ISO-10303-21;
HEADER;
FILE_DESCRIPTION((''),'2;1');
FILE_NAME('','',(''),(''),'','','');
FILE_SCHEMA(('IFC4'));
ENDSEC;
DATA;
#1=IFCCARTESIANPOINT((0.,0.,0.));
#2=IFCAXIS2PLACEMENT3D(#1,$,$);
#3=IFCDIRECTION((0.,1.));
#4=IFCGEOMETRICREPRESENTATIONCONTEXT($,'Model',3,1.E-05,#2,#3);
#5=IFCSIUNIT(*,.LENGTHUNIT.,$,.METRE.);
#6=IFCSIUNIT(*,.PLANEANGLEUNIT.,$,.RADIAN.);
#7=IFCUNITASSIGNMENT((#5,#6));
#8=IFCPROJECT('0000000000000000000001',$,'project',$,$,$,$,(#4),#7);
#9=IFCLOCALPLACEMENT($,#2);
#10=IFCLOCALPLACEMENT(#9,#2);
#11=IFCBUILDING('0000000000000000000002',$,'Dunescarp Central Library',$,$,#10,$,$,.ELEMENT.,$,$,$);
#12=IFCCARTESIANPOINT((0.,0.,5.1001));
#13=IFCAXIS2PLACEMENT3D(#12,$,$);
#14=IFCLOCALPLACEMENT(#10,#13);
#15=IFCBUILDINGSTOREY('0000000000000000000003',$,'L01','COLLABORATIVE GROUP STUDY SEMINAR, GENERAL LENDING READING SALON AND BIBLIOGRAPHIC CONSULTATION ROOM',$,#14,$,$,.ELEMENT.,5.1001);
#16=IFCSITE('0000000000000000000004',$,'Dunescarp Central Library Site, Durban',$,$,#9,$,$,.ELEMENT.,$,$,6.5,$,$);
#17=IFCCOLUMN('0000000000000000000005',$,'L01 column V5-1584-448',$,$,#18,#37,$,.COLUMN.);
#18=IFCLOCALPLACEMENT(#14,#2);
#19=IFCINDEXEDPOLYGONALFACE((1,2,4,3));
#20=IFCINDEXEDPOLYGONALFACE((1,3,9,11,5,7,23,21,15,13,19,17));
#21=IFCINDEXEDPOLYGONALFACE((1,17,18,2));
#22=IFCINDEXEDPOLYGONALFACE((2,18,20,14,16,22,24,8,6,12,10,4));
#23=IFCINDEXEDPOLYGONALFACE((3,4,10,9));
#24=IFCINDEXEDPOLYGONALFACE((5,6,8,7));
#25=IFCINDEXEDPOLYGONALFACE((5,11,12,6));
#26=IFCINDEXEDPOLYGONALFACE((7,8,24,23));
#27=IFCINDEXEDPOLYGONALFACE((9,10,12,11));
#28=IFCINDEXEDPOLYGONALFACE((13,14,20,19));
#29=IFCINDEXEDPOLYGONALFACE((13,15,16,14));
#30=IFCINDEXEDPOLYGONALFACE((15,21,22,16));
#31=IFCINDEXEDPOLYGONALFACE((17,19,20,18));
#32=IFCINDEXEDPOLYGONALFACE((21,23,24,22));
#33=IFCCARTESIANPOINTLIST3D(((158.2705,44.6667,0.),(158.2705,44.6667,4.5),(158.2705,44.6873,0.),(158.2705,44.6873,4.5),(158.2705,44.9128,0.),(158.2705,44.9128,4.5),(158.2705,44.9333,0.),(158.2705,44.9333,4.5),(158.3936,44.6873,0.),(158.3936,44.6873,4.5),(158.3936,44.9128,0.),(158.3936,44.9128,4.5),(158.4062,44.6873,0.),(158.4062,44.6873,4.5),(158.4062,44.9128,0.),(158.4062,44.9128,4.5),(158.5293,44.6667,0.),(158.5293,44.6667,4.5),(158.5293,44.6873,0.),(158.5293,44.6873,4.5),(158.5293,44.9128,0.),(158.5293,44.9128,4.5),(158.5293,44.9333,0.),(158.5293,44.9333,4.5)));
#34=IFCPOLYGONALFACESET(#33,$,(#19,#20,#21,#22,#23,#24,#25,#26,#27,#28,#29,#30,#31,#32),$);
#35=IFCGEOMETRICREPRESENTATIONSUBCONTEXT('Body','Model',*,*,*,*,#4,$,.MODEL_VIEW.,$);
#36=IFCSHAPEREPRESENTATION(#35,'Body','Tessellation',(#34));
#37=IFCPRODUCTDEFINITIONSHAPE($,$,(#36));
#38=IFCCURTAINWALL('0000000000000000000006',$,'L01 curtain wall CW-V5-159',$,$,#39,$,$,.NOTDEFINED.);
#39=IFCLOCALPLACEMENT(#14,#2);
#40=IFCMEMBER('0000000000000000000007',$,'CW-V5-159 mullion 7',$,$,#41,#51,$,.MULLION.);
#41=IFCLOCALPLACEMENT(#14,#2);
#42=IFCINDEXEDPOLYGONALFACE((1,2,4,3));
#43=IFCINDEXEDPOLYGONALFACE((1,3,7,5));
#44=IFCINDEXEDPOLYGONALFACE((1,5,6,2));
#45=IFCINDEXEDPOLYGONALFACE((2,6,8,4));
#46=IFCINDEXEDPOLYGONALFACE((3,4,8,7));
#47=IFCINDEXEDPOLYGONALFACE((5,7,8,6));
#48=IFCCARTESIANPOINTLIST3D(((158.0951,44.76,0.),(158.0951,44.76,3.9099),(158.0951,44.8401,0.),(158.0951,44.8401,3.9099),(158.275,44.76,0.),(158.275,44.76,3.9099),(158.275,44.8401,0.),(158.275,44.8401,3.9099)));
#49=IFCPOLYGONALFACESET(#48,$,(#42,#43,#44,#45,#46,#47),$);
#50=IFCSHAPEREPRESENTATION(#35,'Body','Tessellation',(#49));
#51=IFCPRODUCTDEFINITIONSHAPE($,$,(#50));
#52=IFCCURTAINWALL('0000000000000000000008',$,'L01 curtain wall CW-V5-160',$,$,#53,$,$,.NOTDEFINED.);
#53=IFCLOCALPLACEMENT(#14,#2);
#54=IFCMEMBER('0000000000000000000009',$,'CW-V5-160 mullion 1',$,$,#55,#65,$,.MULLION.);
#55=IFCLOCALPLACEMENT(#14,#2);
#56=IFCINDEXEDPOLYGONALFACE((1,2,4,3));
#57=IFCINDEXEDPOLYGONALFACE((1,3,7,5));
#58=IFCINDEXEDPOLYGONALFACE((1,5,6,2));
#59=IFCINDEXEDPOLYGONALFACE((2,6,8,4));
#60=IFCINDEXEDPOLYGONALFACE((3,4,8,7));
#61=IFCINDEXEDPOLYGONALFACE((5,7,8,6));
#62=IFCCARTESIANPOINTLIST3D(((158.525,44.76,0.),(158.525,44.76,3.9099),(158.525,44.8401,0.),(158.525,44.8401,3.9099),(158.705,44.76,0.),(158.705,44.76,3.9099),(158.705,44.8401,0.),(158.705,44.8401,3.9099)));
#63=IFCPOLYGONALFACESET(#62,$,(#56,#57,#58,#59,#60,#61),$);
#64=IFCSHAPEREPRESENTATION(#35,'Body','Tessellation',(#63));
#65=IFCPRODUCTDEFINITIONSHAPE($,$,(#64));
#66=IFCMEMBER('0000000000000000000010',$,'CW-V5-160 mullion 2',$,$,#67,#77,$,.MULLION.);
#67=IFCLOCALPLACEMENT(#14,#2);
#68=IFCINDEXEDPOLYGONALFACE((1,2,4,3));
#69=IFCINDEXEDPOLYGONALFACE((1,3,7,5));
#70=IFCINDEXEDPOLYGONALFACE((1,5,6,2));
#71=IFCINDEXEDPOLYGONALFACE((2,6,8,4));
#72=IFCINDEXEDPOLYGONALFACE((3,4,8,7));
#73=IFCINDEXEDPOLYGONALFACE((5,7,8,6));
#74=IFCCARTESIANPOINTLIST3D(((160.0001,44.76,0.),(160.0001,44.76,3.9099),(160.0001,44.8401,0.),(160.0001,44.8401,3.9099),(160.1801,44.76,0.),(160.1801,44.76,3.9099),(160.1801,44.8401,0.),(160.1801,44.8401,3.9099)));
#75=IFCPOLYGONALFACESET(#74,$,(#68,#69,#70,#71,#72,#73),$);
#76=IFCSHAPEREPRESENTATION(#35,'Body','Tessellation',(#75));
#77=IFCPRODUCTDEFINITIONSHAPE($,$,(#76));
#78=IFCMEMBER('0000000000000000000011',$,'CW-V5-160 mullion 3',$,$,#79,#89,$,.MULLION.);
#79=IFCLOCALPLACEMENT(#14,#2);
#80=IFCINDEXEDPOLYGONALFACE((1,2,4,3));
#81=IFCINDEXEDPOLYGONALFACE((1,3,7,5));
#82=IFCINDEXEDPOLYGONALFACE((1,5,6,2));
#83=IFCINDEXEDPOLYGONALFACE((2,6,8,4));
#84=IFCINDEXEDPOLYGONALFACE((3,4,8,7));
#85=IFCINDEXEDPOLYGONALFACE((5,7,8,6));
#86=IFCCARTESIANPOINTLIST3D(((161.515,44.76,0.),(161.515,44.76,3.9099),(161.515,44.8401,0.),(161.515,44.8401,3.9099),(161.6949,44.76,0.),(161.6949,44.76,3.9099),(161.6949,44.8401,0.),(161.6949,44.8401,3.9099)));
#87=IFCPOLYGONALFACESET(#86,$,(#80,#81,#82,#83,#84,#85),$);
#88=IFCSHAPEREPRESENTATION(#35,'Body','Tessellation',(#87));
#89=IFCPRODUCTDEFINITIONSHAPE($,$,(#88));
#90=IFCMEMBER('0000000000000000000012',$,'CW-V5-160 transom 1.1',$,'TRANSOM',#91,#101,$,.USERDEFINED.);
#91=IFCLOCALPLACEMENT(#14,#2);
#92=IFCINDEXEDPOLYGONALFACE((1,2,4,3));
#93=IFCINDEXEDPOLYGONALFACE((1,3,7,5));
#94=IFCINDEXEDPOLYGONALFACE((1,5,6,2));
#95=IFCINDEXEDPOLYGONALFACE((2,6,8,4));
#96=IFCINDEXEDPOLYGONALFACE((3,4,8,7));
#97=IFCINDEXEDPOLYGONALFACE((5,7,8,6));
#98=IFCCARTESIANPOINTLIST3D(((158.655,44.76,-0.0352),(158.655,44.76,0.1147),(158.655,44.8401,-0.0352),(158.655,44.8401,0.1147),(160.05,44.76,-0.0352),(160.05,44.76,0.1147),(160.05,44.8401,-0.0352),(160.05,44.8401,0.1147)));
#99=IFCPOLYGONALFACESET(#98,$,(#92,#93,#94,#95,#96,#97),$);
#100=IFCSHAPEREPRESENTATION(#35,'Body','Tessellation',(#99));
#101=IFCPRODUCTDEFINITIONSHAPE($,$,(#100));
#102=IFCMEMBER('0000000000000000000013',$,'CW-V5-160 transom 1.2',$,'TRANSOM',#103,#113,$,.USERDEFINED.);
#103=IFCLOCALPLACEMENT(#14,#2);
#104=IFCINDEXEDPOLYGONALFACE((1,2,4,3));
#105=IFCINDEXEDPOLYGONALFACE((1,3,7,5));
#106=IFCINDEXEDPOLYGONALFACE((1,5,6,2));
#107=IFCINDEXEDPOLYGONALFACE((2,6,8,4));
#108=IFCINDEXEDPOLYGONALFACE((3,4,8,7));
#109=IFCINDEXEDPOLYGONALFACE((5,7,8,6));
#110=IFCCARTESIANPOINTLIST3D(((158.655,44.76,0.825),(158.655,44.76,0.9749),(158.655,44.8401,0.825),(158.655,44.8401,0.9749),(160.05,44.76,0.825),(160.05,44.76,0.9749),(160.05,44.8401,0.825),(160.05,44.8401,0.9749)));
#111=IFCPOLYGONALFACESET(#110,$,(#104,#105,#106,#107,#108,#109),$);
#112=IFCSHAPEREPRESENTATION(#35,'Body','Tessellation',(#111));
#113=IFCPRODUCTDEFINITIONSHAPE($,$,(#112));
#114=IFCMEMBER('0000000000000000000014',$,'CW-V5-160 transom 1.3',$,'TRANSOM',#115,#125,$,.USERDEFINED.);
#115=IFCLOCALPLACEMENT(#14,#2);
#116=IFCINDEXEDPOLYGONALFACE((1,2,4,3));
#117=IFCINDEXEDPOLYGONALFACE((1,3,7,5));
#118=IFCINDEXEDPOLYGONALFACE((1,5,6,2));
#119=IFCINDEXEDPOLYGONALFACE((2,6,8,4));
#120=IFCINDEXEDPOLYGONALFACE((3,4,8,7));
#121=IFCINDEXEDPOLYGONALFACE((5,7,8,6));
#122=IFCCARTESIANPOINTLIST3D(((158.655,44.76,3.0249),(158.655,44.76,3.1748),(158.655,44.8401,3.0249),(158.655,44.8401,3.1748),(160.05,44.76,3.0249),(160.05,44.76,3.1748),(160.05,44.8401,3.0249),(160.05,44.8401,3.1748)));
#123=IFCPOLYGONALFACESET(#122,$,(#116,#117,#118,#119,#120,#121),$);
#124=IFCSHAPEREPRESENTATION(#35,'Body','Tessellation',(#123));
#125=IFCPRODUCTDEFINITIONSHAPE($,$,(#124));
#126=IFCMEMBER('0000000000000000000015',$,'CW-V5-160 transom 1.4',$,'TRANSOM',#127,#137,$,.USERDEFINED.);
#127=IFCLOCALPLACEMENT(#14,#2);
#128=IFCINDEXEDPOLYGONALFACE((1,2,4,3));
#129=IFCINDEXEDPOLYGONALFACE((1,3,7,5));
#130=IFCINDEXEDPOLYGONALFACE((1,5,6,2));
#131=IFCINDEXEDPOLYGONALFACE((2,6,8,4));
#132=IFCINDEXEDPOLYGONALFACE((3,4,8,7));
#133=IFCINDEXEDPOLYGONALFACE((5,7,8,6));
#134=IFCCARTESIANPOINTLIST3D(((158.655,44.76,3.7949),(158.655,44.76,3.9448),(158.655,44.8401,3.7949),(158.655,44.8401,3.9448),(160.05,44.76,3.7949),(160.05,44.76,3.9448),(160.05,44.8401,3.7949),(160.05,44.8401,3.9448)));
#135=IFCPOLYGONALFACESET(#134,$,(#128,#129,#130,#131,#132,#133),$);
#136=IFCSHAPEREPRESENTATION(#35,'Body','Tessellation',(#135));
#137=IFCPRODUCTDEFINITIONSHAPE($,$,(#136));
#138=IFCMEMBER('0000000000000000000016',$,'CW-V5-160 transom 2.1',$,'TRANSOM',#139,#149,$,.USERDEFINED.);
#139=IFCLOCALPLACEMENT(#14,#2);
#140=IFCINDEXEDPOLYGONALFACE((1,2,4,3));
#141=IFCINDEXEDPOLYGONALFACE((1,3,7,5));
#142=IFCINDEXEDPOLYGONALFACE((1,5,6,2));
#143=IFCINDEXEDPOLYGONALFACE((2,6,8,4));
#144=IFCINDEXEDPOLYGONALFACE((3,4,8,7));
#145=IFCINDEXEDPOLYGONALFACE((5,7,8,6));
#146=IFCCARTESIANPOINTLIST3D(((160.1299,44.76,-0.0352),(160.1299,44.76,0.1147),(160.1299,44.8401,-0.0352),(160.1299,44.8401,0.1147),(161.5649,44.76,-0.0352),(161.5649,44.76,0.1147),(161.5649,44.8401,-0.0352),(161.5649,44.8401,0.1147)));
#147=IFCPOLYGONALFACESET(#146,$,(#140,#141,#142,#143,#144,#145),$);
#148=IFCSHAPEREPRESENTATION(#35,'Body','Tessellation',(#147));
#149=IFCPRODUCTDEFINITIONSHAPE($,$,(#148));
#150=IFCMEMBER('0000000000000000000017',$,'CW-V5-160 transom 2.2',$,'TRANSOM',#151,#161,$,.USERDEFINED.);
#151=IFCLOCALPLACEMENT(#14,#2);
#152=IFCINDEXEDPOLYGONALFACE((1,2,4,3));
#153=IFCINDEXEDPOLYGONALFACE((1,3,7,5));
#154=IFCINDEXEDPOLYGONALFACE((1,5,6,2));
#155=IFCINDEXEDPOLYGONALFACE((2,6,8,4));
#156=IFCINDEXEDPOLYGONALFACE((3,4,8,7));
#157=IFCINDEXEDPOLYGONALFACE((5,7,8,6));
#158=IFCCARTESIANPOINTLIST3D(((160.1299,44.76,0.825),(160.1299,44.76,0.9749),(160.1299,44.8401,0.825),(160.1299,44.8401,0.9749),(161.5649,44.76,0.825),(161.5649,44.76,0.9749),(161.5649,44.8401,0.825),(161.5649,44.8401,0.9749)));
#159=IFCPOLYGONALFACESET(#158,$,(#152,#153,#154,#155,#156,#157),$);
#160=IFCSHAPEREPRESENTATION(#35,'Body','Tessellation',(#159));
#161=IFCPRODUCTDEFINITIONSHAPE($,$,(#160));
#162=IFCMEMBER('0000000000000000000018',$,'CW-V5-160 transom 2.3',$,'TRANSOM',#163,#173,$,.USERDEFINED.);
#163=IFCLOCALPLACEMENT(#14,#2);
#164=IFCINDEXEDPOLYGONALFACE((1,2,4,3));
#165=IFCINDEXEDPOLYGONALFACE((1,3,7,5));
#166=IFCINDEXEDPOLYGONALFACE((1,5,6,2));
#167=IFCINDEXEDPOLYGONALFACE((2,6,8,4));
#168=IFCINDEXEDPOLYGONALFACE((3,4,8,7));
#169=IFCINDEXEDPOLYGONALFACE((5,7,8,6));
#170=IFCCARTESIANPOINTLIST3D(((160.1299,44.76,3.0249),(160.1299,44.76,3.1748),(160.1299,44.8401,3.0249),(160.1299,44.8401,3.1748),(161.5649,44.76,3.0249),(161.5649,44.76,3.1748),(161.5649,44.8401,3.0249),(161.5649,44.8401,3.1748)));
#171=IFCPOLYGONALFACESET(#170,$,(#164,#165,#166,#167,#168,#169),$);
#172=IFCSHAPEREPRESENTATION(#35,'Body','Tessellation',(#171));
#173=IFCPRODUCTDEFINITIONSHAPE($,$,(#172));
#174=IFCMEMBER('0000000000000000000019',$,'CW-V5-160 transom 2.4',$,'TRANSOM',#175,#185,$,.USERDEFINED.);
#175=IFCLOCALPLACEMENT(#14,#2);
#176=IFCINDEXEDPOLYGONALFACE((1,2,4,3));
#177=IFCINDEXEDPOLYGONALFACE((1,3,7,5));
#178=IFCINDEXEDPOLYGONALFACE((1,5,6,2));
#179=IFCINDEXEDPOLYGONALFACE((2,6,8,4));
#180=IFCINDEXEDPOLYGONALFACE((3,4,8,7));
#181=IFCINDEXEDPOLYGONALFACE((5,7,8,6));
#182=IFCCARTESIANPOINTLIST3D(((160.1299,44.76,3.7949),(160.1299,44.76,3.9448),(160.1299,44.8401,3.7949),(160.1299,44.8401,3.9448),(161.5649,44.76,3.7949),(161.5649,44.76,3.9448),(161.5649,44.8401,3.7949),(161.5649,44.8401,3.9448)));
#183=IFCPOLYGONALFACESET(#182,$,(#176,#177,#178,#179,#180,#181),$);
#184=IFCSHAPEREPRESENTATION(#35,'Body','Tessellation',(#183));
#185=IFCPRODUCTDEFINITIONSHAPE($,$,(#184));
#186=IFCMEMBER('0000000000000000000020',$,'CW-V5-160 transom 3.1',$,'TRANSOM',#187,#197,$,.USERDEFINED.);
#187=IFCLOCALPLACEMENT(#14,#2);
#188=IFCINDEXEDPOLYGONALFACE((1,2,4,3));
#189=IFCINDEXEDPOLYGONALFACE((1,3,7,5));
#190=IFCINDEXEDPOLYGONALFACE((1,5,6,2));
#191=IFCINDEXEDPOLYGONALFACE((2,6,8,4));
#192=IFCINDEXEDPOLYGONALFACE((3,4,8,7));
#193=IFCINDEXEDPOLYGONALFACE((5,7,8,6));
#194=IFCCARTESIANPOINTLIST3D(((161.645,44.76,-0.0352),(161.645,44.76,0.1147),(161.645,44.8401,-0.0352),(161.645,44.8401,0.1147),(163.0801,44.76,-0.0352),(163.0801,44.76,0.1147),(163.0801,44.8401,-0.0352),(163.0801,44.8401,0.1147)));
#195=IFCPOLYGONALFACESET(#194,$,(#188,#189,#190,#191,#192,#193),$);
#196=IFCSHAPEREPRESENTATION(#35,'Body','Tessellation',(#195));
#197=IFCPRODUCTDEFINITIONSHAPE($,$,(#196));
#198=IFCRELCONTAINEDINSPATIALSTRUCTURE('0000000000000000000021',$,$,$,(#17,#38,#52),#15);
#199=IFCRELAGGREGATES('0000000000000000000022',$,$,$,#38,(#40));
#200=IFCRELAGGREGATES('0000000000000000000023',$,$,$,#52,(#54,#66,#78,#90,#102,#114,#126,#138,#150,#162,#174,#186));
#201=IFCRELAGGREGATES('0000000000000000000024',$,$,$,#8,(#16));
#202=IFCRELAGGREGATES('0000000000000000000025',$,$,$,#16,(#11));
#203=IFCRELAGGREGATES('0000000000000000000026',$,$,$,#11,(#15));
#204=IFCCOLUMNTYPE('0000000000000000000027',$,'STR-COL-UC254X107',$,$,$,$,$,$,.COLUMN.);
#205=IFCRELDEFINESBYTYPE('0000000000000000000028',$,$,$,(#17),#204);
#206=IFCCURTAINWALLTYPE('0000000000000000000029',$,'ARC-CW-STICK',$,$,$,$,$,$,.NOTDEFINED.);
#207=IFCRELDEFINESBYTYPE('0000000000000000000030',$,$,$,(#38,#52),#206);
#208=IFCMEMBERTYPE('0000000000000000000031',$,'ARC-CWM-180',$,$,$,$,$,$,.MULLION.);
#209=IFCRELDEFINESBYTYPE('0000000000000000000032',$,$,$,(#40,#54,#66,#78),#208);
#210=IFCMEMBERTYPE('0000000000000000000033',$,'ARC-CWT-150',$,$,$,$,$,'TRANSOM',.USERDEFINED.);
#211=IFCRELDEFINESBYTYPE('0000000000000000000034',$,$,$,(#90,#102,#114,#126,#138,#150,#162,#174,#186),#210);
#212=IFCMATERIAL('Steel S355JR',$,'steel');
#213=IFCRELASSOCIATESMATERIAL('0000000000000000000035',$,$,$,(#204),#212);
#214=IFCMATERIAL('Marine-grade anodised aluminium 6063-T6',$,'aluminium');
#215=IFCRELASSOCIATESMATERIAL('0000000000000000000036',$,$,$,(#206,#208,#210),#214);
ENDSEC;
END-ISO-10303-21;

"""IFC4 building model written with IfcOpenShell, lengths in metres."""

from ifc_helpers import new_model, si_unit, direction, frame, origin, origin_2d, place, context, subcontext, project, spatial, rectangle, i_section, extrude, material, material_profile, profile_set, type_object, element, aggregate, save


model = new_model("IFC4")

# Units and contexts
model_context = context("Model", 3, precision=1e-05, world=origin(), true_north=direction((0.0, 1.0)))
body_context = subcontext(model_context, "Body", "Model", "MODEL_VIEW")
ifc_project = project(units=[si_unit("LENGTHUNIT", "METRE"), si_unit("PLANEANGLEUNIT", "RADIAN")], contexts=[model_context])

# Site, building, storey
site_placement = place(None, origin())
site = spatial("IfcSite", under=ifc_project, at=site_placement, Name="Dunescarp Central Library Site, Durban", CompositionType="ELEMENT", RefElevation=6.5)
building_placement = place(site_placement, origin())
building = spatial("IfcBuilding", under=site, at=building_placement, Name="Dunescarp Central Library", CompositionType="ELEMENT")
storey_placement = place(building_placement, frame((0.0, 0.0, 5.1001)))
storey = spatial("IfcBuildingStorey", under=building, at=storey_placement, Name="L01", Description="COLLABORATIVE GROUP STUDY SEMINAR, GENERAL LENDING READING SALON AND BIBLIOGRAPHIC CONSULTATION ROOM", CompositionType="ELEMENT", Elevation=5.1001)

# Column
ifc_material_1 = material(Name="Steel S355JR", Category="steel")
ifc_material_profile_1 = material_profile(ifc_material_1, i_section(OverallWidth=0.2588, OverallDepth=0.2666, WebThickness=0.0127, FlangeThickness=0.0205, at=origin_2d()), Name="UC 254x254x107")
ifc_profile_set_1 = profile_set([ifc_material_profile_1], Name="Steel S355JR")
column_type = type_object("IfcColumnType", Name="STR-COL-UC254X107", PredefinedType="COLUMN", material=ifc_profile_set_1)
column_placement = place(storey_placement, frame((158.3999, 44.8, 0.0), z_axis=(0.0, 0.0, 1.0), x_axis=(1.0, 0.0, 0.0)))
element("IfcColumn", 1, at=column_placement, inside=storey, type_object=column_type, Name="L01 column V5-1584-448", PredefinedType="COLUMN", context=body_context, shape_type="SweptSolid", body=[
    extrude(i_section(OverallWidth=0.2588, OverallDepth=0.2666, WebThickness=0.0127, FlangeThickness=0.0205, at=origin_2d()), origin(), (0.0, 0.0, 1.0), 4.5),
])

# Curtain wall, member
ifc_material_2 = material(Name="Marine-grade anodised aluminium 6063-T6", Category="aluminium")
curtain_wall_type = type_object("IfcCurtainWallType", Name="ARC-CW-STICK", PredefinedType="NOTDEFINED", material=ifc_material_2)
curtain_wall_1_placement = place(storey_placement, origin())
curtain_wall_1 = element("IfcCurtainWall", 2, at=curtain_wall_1_placement, inside=storey, type_object=curtain_wall_type, Name="L01 curtain wall CW-V5-159", PredefinedType="NOTDEFINED")
ifc_material_profile_2 = material_profile(ifc_material_2, rectangle(XDim=0.0801, YDim=0.1799, at=origin_2d()), Name="AL 80x180")
ifc_profile_set_2 = profile_set([ifc_material_profile_2], Name="Marine-grade anodised aluminium 6063-T6")
member_type_1 = type_object("IfcMemberType", Name="ARC-CWM-180", PredefinedType="MULLION", material=ifc_profile_set_2)
member_1_placement = place(storey_placement, frame((158.1851, 44.8, 0.0), z_axis=(0.0, 0.0, 1.0), x_axis=(0.0, 1.0, 0.0)))
member_1 = element("IfcMember", 3, at=member_1_placement, type_object=member_type_1, Name="CW-V5-159 mullion 7", PredefinedType="MULLION", context=body_context, shape_type="SweptSolid", body=[
    extrude(rectangle(XDim=0.0801, YDim=0.1799, at=origin_2d()), origin(), (0.0, 0.0, 1.0), 3.9099),
])

# Curtain wall, members
curtain_wall_2_placement = place(storey_placement, origin())
curtain_wall_2 = element("IfcCurtainWall", 4, at=curtain_wall_2_placement, inside=storey, type_object=curtain_wall_type, Name="L01 curtain wall CW-V5-160", PredefinedType="NOTDEFINED")
member_2_placement = place(storey_placement, frame((158.615, 44.8, 0.0), z_axis=(0.0, 0.0, 1.0), x_axis=(0.0, 1.0, 0.0)))
member_2 = element("IfcMember", 5, at=member_2_placement, type_object=member_type_1, Name="CW-V5-160 mullion 1", PredefinedType="MULLION", context=body_context, shape_type="SweptSolid", body=[
    extrude(rectangle(XDim=0.0801, YDim=0.1799, at=origin_2d()), origin(), (0.0, 0.0, 1.0), 3.9099),
])
member_3_placement = place(storey_placement, frame((160.0901, 44.8, 0.0), z_axis=(0.0, 0.0, 1.0), x_axis=(0.0, 1.0, 0.0)))
member_3 = element("IfcMember", 6, at=member_3_placement, type_object=member_type_1, Name="CW-V5-160 mullion 2", PredefinedType="MULLION", context=body_context, shape_type="SweptSolid", body=[
    extrude(rectangle(XDim=0.0801, YDim=0.1799, at=origin_2d()), origin(), (0.0, 0.0, 1.0), 3.9099),
])
member_4_placement = place(storey_placement, frame((161.605, 44.8, 0.0), z_axis=(0.0, 0.0, 1.0), x_axis=(0.0, 1.0, 0.0)))
member_4 = element("IfcMember", 7, at=member_4_placement, type_object=member_type_1, Name="CW-V5-160 mullion 3", PredefinedType="MULLION", context=body_context, shape_type="SweptSolid", body=[
    extrude(rectangle(XDim=0.0801, YDim=0.1799, at=origin_2d()), origin(), (0.0, 0.0, 1.0), 3.9099),
])
ifc_material_profile_3 = material_profile(ifc_material_2, rectangle(XDim=0.0801, YDim=0.1499, at=origin_2d()), Name="AL 80x150")
ifc_profile_set_3 = profile_set([ifc_material_profile_3], Name="Marine-grade anodised aluminium 6063-T6")
member_type_2 = type_object("IfcMemberType", Name="ARC-CWT-150", ElementType="TRANSOM", PredefinedType="USERDEFINED", material=ifc_profile_set_3)
member_5_placement = place(storey_placement, frame((158.655, 44.8, 0.0398), z_axis=(1.0, 0.0, 0.0), x_axis=(0.0, 1.0, 0.0)))
member_5 = element("IfcMember", 8, at=member_5_placement, type_object=member_type_2, Name="CW-V5-160 transom 1.1", ObjectType="TRANSOM", PredefinedType="USERDEFINED", context=body_context, shape_type="SweptSolid", body=[
    extrude(rectangle(XDim=0.0801, YDim=0.1499, at=origin_2d()), origin(), (0.0, 0.0, 1.0), 1.395),
])
member_6_placement = place(storey_placement, frame((158.655, 44.8, 0.8999), z_axis=(1.0, 0.0, 0.0), x_axis=(0.0, 1.0, 0.0)))
member_6 = element("IfcMember", 9, at=member_6_placement, type_object=member_type_2, Name="CW-V5-160 transom 1.2", ObjectType="TRANSOM", PredefinedType="USERDEFINED", context=body_context, shape_type="SweptSolid", body=[
    extrude(rectangle(XDim=0.0801, YDim=0.1499, at=origin_2d()), origin(), (0.0, 0.0, 1.0), 1.395),
])
member_7_placement = place(storey_placement, frame((158.655, 44.8, 3.0999), z_axis=(1.0, 0.0, 0.0), x_axis=(0.0, 1.0, 0.0)))
member_7 = element("IfcMember", 10, at=member_7_placement, type_object=member_type_2, Name="CW-V5-160 transom 1.3", ObjectType="TRANSOM", PredefinedType="USERDEFINED", context=body_context, shape_type="SweptSolid", body=[
    extrude(rectangle(XDim=0.0801, YDim=0.1499, at=origin_2d()), origin(), (0.0, 0.0, 1.0), 1.395),
])
member_8_placement = place(storey_placement, frame((158.655, 44.8, 3.8699), z_axis=(1.0, 0.0, 0.0), x_axis=(0.0, 1.0, 0.0)))
member_8 = element("IfcMember", 11, at=member_8_placement, type_object=member_type_2, Name="CW-V5-160 transom 1.4", ObjectType="TRANSOM", PredefinedType="USERDEFINED", context=body_context, shape_type="SweptSolid", body=[
    extrude(rectangle(XDim=0.0801, YDim=0.1499, at=origin_2d()), origin(), (0.0, 0.0, 1.0), 1.395),
])
member_9_placement = place(storey_placement, frame((160.1299, 44.8, 0.0398), z_axis=(1.0, 0.0, 0.0), x_axis=(0.0, 1.0, 0.0)))
member_9 = element("IfcMember", 12, at=member_9_placement, type_object=member_type_2, Name="CW-V5-160 transom 2.1", ObjectType="TRANSOM", PredefinedType="USERDEFINED", context=body_context, shape_type="SweptSolid", body=[
    extrude(rectangle(XDim=0.0801, YDim=0.1499, at=origin_2d()), origin(), (0.0, 0.0, 1.0), 1.4351),
])
member_10_placement = place(storey_placement, frame((160.1299, 44.8, 0.8999), z_axis=(1.0, 0.0, 0.0), x_axis=(0.0, 1.0, 0.0)))
member_10 = element("IfcMember", 13, at=member_10_placement, type_object=member_type_2, Name="CW-V5-160 transom 2.2", ObjectType="TRANSOM", PredefinedType="USERDEFINED", context=body_context, shape_type="SweptSolid", body=[
    extrude(rectangle(XDim=0.0801, YDim=0.1499, at=origin_2d()), origin(), (0.0, 0.0, 1.0), 1.4351),
])
member_11_placement = place(storey_placement, frame((160.1299, 44.8, 3.0999), z_axis=(1.0, 0.0, 0.0), x_axis=(0.0, 1.0, 0.0)))
member_11 = element("IfcMember", 14, at=member_11_placement, type_object=member_type_2, Name="CW-V5-160 transom 2.3", ObjectType="TRANSOM", PredefinedType="USERDEFINED", context=body_context, shape_type="SweptSolid", body=[
    extrude(rectangle(XDim=0.0801, YDim=0.1499, at=origin_2d()), origin(), (0.0, 0.0, 1.0), 1.4351),
])
member_12_placement = place(storey_placement, frame((160.1299, 44.8, 3.8699), z_axis=(1.0, 0.0, 0.0), x_axis=(0.0, 1.0, 0.0)))
member_12 = element("IfcMember", 15, at=member_12_placement, type_object=member_type_2, Name="CW-V5-160 transom 2.4", ObjectType="TRANSOM", PredefinedType="USERDEFINED", context=body_context, shape_type="SweptSolid", body=[
    extrude(rectangle(XDim=0.0801, YDim=0.1499, at=origin_2d()), origin(), (0.0, 0.0, 1.0), 1.4351),
])
member_13_placement = place(storey_placement, frame((161.645, 44.8, 0.0398), z_axis=(1.0, 0.0, 0.0), x_axis=(0.0, 1.0, 0.0)))
member_13 = element("IfcMember", 16, at=member_13_placement, type_object=member_type_2, Name="CW-V5-160 transom 3.1", ObjectType="TRANSOM", PredefinedType="USERDEFINED", context=body_context, shape_type="SweptSolid", body=[
    extrude(rectangle(XDim=0.0801, YDim=0.1499, at=origin_2d()), origin(), (0.0, 0.0, 1.0), 1.4351),
])

aggregate(curtain_wall_1, [member_1])
aggregate(curtain_wall_2, [member_2, member_3, member_4, member_5, member_6, member_7, member_8, member_9, member_10, member_11, member_12, member_13])

save(model, "model.ifc")
